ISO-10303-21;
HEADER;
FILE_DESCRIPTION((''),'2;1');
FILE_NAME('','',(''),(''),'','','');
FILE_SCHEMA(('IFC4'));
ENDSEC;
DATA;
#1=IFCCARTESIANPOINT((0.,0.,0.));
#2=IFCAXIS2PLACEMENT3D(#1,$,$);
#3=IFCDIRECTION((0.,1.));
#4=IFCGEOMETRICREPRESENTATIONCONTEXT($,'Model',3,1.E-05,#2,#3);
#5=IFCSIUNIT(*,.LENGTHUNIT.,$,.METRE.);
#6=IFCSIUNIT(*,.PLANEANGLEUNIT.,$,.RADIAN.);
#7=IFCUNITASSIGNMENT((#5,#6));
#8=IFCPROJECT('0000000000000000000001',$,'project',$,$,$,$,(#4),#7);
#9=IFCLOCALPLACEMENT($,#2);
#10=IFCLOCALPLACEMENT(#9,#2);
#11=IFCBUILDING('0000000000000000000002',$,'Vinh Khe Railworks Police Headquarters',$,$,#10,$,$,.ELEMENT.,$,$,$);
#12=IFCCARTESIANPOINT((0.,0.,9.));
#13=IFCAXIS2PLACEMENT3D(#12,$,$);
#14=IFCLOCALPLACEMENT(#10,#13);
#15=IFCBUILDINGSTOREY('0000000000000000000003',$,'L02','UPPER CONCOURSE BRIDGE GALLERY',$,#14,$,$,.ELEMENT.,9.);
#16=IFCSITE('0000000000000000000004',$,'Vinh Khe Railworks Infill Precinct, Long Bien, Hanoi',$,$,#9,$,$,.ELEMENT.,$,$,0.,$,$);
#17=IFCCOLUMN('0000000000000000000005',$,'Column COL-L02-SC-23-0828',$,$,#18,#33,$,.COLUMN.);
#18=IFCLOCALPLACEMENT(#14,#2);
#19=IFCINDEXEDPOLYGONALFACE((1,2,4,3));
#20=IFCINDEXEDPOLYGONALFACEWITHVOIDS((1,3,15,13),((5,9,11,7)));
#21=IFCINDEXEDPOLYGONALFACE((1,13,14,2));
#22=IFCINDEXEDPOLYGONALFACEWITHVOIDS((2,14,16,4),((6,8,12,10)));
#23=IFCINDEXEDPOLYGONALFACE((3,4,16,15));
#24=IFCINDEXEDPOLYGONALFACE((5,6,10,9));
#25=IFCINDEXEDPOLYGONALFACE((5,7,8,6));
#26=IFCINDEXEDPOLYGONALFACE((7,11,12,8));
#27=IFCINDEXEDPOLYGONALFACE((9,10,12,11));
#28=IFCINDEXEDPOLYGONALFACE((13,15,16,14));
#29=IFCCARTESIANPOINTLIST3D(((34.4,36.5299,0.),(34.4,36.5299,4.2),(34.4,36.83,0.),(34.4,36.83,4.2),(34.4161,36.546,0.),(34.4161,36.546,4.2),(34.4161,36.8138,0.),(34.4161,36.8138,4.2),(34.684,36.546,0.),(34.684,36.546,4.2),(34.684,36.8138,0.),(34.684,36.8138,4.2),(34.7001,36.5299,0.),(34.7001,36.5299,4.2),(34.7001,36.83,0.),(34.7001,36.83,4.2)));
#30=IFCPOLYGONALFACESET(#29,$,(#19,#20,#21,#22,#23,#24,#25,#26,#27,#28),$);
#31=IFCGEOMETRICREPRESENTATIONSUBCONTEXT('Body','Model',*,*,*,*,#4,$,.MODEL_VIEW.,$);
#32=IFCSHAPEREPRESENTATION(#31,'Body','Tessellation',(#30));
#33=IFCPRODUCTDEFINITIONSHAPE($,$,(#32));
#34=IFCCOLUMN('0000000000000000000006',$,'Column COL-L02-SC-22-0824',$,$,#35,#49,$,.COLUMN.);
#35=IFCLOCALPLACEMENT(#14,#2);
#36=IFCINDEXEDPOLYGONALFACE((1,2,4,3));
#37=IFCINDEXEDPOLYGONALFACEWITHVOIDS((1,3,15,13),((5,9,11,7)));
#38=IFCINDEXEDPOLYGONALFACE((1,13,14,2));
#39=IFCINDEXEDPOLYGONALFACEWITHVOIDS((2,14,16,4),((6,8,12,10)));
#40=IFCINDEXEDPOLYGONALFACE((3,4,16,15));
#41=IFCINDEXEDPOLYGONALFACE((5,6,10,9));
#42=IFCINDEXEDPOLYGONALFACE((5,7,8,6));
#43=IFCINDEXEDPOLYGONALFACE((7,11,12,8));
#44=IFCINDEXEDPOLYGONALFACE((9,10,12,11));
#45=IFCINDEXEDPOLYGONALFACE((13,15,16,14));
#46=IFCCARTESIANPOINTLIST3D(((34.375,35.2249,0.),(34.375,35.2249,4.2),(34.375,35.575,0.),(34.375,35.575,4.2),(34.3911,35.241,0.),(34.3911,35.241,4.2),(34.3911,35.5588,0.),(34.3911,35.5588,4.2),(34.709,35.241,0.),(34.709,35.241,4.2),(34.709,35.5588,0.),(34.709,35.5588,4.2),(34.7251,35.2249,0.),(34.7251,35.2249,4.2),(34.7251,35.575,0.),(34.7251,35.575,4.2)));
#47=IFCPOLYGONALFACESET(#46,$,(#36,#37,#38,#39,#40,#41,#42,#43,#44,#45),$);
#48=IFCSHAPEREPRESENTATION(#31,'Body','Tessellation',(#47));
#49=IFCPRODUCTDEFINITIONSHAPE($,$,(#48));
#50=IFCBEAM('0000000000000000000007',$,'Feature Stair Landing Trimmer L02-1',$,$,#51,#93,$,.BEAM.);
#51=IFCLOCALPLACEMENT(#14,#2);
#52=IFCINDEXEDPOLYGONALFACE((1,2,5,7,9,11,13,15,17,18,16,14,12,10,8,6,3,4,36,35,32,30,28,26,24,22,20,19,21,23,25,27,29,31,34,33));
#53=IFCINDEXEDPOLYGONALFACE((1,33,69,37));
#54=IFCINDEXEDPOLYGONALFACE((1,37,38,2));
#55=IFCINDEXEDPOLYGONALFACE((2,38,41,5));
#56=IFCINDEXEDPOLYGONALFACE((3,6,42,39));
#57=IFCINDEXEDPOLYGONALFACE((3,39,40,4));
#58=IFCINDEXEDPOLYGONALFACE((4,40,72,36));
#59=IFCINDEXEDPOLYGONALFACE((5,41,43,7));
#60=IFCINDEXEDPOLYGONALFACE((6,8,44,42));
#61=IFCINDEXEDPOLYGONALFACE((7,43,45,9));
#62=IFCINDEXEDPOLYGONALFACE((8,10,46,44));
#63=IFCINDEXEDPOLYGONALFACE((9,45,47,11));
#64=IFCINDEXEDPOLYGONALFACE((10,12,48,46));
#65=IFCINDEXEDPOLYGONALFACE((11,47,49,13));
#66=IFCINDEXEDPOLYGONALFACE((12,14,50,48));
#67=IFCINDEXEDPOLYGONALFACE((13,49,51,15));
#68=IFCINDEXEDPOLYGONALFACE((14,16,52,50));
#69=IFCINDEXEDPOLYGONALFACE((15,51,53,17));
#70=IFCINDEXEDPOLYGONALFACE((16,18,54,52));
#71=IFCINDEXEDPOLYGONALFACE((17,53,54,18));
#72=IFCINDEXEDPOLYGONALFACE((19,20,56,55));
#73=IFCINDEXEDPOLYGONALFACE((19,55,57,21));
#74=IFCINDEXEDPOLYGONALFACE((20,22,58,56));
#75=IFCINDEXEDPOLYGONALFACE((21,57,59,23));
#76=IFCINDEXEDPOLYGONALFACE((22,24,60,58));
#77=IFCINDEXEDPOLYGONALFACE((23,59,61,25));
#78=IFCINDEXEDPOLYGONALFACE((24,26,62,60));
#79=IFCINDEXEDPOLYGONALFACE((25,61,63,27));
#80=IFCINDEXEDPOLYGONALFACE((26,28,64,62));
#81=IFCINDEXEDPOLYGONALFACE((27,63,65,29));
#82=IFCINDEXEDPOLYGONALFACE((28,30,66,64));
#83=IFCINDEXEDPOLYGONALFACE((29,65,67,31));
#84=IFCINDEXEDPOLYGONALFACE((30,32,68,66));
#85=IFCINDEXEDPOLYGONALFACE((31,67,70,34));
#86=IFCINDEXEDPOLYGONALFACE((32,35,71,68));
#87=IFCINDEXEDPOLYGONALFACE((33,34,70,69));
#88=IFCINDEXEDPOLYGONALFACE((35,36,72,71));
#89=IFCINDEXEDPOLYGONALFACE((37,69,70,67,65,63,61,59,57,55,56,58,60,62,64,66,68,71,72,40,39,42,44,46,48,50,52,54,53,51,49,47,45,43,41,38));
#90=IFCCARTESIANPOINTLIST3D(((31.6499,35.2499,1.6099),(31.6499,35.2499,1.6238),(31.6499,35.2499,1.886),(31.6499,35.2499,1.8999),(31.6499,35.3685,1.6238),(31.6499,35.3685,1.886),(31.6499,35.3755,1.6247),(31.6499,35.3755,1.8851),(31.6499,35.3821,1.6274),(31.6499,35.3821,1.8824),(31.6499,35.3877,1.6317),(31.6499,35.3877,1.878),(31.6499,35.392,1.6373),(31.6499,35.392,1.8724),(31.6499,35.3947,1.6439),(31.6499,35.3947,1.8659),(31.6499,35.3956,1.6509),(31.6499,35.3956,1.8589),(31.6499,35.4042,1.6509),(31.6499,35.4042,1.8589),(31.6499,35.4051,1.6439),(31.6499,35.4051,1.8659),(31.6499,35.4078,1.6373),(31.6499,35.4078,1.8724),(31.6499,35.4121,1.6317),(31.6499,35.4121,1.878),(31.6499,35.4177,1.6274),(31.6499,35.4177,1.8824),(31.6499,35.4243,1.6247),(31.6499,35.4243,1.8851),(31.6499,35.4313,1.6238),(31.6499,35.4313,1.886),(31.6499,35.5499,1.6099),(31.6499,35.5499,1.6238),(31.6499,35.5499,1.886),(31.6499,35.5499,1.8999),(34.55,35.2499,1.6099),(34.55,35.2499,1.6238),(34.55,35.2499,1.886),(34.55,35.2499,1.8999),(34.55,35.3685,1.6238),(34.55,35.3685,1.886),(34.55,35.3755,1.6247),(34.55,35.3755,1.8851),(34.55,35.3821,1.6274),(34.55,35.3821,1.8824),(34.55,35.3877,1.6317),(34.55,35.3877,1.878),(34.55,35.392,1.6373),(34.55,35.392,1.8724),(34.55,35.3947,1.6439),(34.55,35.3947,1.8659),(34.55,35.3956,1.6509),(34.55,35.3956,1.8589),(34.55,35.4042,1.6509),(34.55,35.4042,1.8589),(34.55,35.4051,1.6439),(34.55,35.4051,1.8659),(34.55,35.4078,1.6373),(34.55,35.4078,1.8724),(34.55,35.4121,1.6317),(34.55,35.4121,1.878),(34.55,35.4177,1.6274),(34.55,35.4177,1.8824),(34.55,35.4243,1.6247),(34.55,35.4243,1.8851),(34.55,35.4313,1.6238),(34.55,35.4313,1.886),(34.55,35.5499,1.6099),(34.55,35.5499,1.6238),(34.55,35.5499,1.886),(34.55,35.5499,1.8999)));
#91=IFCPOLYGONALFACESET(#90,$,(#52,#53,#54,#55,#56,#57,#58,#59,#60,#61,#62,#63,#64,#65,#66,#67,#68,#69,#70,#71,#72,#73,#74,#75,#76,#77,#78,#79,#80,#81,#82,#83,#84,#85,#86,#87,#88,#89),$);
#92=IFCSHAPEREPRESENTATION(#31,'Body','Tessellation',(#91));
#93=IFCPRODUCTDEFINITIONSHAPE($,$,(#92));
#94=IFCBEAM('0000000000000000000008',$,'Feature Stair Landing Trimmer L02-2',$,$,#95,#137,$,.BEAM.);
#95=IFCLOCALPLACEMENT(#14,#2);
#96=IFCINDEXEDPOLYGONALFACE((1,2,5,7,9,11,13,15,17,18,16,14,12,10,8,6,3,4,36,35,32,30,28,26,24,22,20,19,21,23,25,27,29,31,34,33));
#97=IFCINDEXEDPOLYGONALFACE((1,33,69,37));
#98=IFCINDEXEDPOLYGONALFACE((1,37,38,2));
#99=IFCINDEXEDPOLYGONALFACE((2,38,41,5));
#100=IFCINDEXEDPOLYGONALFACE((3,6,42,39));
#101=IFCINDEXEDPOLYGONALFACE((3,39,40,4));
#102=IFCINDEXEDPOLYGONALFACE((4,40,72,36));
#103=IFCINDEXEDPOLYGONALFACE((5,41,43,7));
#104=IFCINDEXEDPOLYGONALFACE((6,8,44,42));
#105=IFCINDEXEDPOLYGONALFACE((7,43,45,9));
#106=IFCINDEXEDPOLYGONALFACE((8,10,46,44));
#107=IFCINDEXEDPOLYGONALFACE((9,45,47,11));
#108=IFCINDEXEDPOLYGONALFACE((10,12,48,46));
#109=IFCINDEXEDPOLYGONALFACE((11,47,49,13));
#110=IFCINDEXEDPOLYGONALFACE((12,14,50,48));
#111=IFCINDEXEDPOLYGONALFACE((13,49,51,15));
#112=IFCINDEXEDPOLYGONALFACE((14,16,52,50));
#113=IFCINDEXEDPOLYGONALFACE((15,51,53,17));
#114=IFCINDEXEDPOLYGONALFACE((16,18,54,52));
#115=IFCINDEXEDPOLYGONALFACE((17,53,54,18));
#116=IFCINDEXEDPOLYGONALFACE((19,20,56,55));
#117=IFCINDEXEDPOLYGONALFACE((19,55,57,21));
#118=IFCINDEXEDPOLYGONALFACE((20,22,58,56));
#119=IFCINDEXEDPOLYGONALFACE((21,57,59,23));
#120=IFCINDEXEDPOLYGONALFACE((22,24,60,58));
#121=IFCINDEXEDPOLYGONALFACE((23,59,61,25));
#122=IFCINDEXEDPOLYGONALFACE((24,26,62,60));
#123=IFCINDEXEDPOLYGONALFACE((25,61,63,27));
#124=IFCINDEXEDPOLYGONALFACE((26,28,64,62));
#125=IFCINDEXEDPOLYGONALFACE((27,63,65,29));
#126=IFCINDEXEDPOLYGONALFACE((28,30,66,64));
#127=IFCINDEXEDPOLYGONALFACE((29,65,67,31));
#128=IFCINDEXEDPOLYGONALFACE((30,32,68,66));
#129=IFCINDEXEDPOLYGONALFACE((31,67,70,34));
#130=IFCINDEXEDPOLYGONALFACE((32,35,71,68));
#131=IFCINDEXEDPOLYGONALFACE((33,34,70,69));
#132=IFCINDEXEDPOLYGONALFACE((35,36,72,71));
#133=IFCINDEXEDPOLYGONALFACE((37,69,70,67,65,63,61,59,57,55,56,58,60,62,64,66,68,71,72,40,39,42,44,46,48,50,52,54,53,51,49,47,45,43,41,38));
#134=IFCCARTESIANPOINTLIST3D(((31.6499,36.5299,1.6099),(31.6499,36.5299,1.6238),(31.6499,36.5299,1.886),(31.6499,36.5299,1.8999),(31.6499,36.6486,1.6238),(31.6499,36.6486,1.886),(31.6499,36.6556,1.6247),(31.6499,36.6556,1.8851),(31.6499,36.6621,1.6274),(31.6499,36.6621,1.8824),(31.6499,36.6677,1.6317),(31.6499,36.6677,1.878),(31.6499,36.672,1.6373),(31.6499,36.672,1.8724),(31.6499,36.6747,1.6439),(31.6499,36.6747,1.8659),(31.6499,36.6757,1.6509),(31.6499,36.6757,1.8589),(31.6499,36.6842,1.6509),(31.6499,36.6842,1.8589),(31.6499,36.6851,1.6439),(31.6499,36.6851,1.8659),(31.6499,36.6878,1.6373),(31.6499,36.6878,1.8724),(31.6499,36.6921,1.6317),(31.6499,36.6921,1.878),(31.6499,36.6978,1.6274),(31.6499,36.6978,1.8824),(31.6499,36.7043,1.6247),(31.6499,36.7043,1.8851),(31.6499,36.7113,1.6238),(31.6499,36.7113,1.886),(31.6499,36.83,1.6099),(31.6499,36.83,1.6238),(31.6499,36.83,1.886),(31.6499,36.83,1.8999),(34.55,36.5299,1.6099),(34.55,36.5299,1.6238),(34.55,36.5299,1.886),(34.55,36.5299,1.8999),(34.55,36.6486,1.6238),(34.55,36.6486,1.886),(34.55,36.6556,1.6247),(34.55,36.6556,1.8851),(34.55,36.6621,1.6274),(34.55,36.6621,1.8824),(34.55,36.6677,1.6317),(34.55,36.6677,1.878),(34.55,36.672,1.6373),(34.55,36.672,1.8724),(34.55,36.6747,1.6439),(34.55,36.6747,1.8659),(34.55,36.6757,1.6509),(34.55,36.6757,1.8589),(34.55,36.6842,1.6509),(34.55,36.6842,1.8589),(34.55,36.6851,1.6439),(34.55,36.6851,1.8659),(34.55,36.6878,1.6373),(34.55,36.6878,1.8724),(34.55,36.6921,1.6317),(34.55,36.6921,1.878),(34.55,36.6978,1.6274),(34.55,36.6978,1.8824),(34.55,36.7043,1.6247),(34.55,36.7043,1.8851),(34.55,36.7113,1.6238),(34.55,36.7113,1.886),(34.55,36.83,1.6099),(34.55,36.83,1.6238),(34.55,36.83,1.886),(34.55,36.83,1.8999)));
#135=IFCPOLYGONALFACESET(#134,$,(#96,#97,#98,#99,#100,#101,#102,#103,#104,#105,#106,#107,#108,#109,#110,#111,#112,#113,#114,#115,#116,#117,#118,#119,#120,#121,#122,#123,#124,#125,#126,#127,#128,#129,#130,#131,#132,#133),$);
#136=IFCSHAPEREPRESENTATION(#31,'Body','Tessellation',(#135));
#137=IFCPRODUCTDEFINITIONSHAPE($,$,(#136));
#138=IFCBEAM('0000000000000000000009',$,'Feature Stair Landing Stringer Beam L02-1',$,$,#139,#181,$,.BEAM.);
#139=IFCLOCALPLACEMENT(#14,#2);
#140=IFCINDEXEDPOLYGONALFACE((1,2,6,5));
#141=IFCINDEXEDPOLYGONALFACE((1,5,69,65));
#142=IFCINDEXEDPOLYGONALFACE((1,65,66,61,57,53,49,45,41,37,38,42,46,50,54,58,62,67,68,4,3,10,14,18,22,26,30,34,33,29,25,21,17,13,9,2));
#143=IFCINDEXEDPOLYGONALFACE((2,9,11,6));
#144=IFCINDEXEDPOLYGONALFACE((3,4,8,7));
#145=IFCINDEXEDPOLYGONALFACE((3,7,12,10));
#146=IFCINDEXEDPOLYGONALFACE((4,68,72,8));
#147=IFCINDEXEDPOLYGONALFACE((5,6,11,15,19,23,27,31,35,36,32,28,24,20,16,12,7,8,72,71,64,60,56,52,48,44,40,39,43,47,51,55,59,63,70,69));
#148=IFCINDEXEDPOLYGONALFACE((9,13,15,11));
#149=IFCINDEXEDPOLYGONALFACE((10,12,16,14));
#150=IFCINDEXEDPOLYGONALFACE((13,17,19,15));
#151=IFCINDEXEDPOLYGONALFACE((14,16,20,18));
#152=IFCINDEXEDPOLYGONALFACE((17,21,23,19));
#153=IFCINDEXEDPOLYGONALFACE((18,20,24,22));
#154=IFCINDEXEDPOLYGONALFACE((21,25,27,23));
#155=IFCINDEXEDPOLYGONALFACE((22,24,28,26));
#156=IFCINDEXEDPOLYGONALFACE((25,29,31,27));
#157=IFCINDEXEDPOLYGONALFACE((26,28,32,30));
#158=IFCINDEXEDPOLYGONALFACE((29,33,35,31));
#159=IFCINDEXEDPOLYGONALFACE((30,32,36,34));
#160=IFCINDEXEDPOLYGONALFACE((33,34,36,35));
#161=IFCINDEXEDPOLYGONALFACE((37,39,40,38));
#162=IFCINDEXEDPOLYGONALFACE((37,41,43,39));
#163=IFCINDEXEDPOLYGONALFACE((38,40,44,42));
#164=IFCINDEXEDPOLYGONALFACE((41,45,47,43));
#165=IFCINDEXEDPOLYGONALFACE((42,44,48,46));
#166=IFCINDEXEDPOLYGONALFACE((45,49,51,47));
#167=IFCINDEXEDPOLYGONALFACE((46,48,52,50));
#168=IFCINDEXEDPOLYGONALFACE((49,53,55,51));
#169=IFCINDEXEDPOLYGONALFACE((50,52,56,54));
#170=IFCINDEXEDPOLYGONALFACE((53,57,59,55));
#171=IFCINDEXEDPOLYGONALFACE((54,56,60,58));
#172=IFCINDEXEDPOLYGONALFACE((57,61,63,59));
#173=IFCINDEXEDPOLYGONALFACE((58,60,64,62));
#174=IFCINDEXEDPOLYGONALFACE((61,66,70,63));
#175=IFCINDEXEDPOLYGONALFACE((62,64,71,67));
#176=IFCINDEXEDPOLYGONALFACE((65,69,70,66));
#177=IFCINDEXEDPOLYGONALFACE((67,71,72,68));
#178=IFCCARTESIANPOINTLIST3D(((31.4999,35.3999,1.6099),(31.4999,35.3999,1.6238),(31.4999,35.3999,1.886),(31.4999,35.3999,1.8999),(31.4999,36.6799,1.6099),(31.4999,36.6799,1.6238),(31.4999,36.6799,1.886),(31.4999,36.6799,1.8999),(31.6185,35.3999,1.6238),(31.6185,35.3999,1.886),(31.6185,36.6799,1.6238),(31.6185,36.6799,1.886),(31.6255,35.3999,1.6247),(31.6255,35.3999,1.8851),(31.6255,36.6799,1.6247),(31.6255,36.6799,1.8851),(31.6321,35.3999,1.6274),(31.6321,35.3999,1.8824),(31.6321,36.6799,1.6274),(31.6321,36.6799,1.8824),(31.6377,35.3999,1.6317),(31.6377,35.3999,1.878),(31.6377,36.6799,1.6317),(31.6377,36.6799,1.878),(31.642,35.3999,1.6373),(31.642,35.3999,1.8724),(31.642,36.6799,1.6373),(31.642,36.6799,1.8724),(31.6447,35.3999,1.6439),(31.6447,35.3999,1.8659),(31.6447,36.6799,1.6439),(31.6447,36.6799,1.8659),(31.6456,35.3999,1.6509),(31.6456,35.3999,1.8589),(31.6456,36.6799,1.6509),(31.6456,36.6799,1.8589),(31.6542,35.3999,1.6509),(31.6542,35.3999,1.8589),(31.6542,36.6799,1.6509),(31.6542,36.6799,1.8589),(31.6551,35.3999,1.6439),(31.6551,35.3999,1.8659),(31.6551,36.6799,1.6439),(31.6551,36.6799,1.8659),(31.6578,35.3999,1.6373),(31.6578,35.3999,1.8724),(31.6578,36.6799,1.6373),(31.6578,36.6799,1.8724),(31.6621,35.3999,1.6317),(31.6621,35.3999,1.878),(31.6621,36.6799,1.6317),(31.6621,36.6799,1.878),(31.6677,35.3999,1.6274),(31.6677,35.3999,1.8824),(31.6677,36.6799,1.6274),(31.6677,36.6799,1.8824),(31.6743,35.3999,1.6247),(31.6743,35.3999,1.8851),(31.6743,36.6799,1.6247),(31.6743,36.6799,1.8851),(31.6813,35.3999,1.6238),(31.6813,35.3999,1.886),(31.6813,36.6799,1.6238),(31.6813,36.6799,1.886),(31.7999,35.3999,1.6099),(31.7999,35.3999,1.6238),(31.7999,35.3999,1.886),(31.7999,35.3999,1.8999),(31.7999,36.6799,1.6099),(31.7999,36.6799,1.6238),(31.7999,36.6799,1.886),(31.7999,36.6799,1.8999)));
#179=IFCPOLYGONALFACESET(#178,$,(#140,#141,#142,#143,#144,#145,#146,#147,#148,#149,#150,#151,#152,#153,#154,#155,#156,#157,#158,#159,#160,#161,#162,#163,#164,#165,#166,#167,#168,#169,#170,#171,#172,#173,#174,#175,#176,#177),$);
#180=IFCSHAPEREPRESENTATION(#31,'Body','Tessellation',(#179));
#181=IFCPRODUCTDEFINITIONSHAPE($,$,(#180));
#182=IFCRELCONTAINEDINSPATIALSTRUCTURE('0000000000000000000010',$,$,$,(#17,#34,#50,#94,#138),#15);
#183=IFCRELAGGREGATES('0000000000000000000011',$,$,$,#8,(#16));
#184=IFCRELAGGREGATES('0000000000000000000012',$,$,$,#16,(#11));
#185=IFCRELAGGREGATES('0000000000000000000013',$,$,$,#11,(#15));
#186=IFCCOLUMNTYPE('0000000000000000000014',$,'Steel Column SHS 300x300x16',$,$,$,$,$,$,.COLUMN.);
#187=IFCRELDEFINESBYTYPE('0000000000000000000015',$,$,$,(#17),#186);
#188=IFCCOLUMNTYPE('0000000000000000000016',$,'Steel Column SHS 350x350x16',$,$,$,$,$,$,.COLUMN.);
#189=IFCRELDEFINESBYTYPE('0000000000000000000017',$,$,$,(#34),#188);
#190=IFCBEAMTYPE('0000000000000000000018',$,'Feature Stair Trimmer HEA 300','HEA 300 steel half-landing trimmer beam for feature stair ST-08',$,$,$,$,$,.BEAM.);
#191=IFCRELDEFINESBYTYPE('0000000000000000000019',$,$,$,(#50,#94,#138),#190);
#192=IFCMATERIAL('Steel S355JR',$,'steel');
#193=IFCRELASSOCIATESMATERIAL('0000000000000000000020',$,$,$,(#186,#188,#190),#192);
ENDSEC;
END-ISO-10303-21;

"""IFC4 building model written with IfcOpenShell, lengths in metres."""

from ifc_helpers import new_model, si_unit, direction, frame, origin, origin_2d, place, context, subcontext, project, spatial, hollow_rectangle, i_section, extrude, material, material_profile, profile_set, type_object, element, save


model = new_model("IFC4")

# Units and contexts
model_context = context("Model", 3, precision=1e-05, world=origin(), true_north=direction((0.0, 1.0)))
body_context = subcontext(model_context, "Body", "Model", "MODEL_VIEW")
ifc_project = project(units=[si_unit("LENGTHUNIT", "METRE"), si_unit("PLANEANGLEUNIT", "RADIAN")], contexts=[model_context])

# Site, building, storey
site_placement = place(None, origin())
site = spatial("IfcSite", under=ifc_project, at=site_placement, Name="Vinh Khe Railworks Infill Precinct, Long Bien, Hanoi", CompositionType="ELEMENT", RefElevation=0.0)
building_placement = place(site_placement, origin())
building = spatial("IfcBuilding", under=site, at=building_placement, Name="Vinh Khe Railworks Police Headquarters", CompositionType="ELEMENT")
storey_placement = place(building_placement, frame((0.0, 0.0, 9.0)))
storey = spatial("IfcBuildingStorey", under=building, at=storey_placement, Name="L02", Description="UPPER CONCOURSE BRIDGE GALLERY", CompositionType="ELEMENT", Elevation=9.0)

# Columns
ifc_material_1 = material(Name="Steel S355JR", Category="steel")
ifc_material_profile_1 = material_profile(ifc_material_1, hollow_rectangle(XDim=0.3, YDim=0.3, WallThickness=0.0161, at=origin_2d()), Name="SHS 300x300x16")
ifc_profile_set_1 = profile_set([ifc_material_profile_1], Name="Steel S355JR")
column_type_1 = type_object("IfcColumnType", Name="Steel Column SHS 300x300x16", PredefinedType="COLUMN", material=ifc_profile_set_1)
column_1_placement = place(storey_placement, frame((34.55, 36.6799, 0.0), z_axis=(0.0, 0.0, 1.0), x_axis=(1.0, 0.0, 0.0)))
element("IfcColumn", 1, at=column_1_placement, inside=storey, type_object=column_type_1, Name="Column COL-L02-SC-23-0828", PredefinedType="COLUMN", context=body_context, shape_type="SweptSolid", body=[
    extrude(hollow_rectangle(XDim=0.3, YDim=0.3, WallThickness=0.0161, at=origin_2d()), origin(), (0.0, 0.0, 1.0), 4.2),
])
ifc_material_profile_2 = material_profile(ifc_material_1, hollow_rectangle(XDim=0.3501, YDim=0.3501, WallThickness=0.0161, at=origin_2d()), Name="SHS 350x350x16")
ifc_profile_set_2 = profile_set([ifc_material_profile_2], Name="Steel S355JR")
column_type_2 = type_object("IfcColumnType", Name="Steel Column SHS 350x350x16", PredefinedType="COLUMN", material=ifc_profile_set_2)
column_2_placement = place(storey_placement, frame((34.55, 35.3999, 0.0), z_axis=(0.0, 0.0, 1.0), x_axis=(1.0, 0.0, 0.0)))
element("IfcColumn", 2, at=column_2_placement, inside=storey, type_object=column_type_2, Name="Column COL-L02-SC-22-0824", PredefinedType="COLUMN", context=body_context, shape_type="SweptSolid", body=[
    extrude(hollow_rectangle(XDim=0.3501, YDim=0.3501, WallThickness=0.0161, at=origin_2d()), origin(), (0.0, 0.0, 1.0), 4.2),
])

# Beams
ifc_material_profile_3 = material_profile(ifc_material_1, i_section(OverallWidth=0.3, OverallDepth=0.29, WebThickness=0.0085, FlangeThickness=0.0139, FilletRadius=0.0271, at=origin_2d()), Name="HEA 300")
ifc_profile_set_3 = profile_set([ifc_material_profile_3], Name="Steel S355JR")
beam_type = type_object("IfcBeamType", Name="Feature Stair Trimmer HEA 300", Description="HEA 300 steel half-landing trimmer beam for feature stair ST-08", PredefinedType="BEAM", material=ifc_profile_set_3)
for number, where, z_axis, x_axis, name in (
    (3, (31.6499, 35.3999, 1.7549), (1.0, 0.0, 0.0), (0.0, 1.0, 0.0), "Feature Stair Landing Trimmer L02-1"),
    (4, (31.6499, 36.6799, 1.7549), (1.0, 0.0, 0.0), (0.0, 1.0, 0.0), "Feature Stair Landing Trimmer L02-2"),
):
    element("IfcBeam", number, at=place(storey_placement, frame(where, z_axis=z_axis, x_axis=x_axis)), inside=storey, type_object=beam_type, Name=name, PredefinedType="BEAM", context=body_context, shape_type="SweptSolid", body=[
        extrude(i_section(OverallWidth=0.3, OverallDepth=0.29, WebThickness=0.0085, FlangeThickness=0.0139, FilletRadius=0.0271, at=origin_2d()), origin(), (0.0, 0.0, 1.0), 2.9001),
    ])
for number, where, z_axis, x_axis, name in (
    (5, (31.6499, 35.3999, 1.7549), (0.0, 1.0, 0.0), (-1.0, 0.0, 0.0), "Feature Stair Landing Stringer Beam L02-1"),
):
    element("IfcBeam", number, at=place(storey_placement, frame(where, z_axis=z_axis, x_axis=x_axis)), inside=storey, type_object=beam_type, Name=name, PredefinedType="BEAM", context=body_context, shape_type="SweptSolid", body=[
        extrude(i_section(OverallWidth=0.3, OverallDepth=0.29, WebThickness=0.0085, FlangeThickness=0.0139, FilletRadius=0.0271, at=origin_2d()), origin(), (0.0, 0.0, 1.0), 1.28),
    ])

save(model, "model.ifc")
